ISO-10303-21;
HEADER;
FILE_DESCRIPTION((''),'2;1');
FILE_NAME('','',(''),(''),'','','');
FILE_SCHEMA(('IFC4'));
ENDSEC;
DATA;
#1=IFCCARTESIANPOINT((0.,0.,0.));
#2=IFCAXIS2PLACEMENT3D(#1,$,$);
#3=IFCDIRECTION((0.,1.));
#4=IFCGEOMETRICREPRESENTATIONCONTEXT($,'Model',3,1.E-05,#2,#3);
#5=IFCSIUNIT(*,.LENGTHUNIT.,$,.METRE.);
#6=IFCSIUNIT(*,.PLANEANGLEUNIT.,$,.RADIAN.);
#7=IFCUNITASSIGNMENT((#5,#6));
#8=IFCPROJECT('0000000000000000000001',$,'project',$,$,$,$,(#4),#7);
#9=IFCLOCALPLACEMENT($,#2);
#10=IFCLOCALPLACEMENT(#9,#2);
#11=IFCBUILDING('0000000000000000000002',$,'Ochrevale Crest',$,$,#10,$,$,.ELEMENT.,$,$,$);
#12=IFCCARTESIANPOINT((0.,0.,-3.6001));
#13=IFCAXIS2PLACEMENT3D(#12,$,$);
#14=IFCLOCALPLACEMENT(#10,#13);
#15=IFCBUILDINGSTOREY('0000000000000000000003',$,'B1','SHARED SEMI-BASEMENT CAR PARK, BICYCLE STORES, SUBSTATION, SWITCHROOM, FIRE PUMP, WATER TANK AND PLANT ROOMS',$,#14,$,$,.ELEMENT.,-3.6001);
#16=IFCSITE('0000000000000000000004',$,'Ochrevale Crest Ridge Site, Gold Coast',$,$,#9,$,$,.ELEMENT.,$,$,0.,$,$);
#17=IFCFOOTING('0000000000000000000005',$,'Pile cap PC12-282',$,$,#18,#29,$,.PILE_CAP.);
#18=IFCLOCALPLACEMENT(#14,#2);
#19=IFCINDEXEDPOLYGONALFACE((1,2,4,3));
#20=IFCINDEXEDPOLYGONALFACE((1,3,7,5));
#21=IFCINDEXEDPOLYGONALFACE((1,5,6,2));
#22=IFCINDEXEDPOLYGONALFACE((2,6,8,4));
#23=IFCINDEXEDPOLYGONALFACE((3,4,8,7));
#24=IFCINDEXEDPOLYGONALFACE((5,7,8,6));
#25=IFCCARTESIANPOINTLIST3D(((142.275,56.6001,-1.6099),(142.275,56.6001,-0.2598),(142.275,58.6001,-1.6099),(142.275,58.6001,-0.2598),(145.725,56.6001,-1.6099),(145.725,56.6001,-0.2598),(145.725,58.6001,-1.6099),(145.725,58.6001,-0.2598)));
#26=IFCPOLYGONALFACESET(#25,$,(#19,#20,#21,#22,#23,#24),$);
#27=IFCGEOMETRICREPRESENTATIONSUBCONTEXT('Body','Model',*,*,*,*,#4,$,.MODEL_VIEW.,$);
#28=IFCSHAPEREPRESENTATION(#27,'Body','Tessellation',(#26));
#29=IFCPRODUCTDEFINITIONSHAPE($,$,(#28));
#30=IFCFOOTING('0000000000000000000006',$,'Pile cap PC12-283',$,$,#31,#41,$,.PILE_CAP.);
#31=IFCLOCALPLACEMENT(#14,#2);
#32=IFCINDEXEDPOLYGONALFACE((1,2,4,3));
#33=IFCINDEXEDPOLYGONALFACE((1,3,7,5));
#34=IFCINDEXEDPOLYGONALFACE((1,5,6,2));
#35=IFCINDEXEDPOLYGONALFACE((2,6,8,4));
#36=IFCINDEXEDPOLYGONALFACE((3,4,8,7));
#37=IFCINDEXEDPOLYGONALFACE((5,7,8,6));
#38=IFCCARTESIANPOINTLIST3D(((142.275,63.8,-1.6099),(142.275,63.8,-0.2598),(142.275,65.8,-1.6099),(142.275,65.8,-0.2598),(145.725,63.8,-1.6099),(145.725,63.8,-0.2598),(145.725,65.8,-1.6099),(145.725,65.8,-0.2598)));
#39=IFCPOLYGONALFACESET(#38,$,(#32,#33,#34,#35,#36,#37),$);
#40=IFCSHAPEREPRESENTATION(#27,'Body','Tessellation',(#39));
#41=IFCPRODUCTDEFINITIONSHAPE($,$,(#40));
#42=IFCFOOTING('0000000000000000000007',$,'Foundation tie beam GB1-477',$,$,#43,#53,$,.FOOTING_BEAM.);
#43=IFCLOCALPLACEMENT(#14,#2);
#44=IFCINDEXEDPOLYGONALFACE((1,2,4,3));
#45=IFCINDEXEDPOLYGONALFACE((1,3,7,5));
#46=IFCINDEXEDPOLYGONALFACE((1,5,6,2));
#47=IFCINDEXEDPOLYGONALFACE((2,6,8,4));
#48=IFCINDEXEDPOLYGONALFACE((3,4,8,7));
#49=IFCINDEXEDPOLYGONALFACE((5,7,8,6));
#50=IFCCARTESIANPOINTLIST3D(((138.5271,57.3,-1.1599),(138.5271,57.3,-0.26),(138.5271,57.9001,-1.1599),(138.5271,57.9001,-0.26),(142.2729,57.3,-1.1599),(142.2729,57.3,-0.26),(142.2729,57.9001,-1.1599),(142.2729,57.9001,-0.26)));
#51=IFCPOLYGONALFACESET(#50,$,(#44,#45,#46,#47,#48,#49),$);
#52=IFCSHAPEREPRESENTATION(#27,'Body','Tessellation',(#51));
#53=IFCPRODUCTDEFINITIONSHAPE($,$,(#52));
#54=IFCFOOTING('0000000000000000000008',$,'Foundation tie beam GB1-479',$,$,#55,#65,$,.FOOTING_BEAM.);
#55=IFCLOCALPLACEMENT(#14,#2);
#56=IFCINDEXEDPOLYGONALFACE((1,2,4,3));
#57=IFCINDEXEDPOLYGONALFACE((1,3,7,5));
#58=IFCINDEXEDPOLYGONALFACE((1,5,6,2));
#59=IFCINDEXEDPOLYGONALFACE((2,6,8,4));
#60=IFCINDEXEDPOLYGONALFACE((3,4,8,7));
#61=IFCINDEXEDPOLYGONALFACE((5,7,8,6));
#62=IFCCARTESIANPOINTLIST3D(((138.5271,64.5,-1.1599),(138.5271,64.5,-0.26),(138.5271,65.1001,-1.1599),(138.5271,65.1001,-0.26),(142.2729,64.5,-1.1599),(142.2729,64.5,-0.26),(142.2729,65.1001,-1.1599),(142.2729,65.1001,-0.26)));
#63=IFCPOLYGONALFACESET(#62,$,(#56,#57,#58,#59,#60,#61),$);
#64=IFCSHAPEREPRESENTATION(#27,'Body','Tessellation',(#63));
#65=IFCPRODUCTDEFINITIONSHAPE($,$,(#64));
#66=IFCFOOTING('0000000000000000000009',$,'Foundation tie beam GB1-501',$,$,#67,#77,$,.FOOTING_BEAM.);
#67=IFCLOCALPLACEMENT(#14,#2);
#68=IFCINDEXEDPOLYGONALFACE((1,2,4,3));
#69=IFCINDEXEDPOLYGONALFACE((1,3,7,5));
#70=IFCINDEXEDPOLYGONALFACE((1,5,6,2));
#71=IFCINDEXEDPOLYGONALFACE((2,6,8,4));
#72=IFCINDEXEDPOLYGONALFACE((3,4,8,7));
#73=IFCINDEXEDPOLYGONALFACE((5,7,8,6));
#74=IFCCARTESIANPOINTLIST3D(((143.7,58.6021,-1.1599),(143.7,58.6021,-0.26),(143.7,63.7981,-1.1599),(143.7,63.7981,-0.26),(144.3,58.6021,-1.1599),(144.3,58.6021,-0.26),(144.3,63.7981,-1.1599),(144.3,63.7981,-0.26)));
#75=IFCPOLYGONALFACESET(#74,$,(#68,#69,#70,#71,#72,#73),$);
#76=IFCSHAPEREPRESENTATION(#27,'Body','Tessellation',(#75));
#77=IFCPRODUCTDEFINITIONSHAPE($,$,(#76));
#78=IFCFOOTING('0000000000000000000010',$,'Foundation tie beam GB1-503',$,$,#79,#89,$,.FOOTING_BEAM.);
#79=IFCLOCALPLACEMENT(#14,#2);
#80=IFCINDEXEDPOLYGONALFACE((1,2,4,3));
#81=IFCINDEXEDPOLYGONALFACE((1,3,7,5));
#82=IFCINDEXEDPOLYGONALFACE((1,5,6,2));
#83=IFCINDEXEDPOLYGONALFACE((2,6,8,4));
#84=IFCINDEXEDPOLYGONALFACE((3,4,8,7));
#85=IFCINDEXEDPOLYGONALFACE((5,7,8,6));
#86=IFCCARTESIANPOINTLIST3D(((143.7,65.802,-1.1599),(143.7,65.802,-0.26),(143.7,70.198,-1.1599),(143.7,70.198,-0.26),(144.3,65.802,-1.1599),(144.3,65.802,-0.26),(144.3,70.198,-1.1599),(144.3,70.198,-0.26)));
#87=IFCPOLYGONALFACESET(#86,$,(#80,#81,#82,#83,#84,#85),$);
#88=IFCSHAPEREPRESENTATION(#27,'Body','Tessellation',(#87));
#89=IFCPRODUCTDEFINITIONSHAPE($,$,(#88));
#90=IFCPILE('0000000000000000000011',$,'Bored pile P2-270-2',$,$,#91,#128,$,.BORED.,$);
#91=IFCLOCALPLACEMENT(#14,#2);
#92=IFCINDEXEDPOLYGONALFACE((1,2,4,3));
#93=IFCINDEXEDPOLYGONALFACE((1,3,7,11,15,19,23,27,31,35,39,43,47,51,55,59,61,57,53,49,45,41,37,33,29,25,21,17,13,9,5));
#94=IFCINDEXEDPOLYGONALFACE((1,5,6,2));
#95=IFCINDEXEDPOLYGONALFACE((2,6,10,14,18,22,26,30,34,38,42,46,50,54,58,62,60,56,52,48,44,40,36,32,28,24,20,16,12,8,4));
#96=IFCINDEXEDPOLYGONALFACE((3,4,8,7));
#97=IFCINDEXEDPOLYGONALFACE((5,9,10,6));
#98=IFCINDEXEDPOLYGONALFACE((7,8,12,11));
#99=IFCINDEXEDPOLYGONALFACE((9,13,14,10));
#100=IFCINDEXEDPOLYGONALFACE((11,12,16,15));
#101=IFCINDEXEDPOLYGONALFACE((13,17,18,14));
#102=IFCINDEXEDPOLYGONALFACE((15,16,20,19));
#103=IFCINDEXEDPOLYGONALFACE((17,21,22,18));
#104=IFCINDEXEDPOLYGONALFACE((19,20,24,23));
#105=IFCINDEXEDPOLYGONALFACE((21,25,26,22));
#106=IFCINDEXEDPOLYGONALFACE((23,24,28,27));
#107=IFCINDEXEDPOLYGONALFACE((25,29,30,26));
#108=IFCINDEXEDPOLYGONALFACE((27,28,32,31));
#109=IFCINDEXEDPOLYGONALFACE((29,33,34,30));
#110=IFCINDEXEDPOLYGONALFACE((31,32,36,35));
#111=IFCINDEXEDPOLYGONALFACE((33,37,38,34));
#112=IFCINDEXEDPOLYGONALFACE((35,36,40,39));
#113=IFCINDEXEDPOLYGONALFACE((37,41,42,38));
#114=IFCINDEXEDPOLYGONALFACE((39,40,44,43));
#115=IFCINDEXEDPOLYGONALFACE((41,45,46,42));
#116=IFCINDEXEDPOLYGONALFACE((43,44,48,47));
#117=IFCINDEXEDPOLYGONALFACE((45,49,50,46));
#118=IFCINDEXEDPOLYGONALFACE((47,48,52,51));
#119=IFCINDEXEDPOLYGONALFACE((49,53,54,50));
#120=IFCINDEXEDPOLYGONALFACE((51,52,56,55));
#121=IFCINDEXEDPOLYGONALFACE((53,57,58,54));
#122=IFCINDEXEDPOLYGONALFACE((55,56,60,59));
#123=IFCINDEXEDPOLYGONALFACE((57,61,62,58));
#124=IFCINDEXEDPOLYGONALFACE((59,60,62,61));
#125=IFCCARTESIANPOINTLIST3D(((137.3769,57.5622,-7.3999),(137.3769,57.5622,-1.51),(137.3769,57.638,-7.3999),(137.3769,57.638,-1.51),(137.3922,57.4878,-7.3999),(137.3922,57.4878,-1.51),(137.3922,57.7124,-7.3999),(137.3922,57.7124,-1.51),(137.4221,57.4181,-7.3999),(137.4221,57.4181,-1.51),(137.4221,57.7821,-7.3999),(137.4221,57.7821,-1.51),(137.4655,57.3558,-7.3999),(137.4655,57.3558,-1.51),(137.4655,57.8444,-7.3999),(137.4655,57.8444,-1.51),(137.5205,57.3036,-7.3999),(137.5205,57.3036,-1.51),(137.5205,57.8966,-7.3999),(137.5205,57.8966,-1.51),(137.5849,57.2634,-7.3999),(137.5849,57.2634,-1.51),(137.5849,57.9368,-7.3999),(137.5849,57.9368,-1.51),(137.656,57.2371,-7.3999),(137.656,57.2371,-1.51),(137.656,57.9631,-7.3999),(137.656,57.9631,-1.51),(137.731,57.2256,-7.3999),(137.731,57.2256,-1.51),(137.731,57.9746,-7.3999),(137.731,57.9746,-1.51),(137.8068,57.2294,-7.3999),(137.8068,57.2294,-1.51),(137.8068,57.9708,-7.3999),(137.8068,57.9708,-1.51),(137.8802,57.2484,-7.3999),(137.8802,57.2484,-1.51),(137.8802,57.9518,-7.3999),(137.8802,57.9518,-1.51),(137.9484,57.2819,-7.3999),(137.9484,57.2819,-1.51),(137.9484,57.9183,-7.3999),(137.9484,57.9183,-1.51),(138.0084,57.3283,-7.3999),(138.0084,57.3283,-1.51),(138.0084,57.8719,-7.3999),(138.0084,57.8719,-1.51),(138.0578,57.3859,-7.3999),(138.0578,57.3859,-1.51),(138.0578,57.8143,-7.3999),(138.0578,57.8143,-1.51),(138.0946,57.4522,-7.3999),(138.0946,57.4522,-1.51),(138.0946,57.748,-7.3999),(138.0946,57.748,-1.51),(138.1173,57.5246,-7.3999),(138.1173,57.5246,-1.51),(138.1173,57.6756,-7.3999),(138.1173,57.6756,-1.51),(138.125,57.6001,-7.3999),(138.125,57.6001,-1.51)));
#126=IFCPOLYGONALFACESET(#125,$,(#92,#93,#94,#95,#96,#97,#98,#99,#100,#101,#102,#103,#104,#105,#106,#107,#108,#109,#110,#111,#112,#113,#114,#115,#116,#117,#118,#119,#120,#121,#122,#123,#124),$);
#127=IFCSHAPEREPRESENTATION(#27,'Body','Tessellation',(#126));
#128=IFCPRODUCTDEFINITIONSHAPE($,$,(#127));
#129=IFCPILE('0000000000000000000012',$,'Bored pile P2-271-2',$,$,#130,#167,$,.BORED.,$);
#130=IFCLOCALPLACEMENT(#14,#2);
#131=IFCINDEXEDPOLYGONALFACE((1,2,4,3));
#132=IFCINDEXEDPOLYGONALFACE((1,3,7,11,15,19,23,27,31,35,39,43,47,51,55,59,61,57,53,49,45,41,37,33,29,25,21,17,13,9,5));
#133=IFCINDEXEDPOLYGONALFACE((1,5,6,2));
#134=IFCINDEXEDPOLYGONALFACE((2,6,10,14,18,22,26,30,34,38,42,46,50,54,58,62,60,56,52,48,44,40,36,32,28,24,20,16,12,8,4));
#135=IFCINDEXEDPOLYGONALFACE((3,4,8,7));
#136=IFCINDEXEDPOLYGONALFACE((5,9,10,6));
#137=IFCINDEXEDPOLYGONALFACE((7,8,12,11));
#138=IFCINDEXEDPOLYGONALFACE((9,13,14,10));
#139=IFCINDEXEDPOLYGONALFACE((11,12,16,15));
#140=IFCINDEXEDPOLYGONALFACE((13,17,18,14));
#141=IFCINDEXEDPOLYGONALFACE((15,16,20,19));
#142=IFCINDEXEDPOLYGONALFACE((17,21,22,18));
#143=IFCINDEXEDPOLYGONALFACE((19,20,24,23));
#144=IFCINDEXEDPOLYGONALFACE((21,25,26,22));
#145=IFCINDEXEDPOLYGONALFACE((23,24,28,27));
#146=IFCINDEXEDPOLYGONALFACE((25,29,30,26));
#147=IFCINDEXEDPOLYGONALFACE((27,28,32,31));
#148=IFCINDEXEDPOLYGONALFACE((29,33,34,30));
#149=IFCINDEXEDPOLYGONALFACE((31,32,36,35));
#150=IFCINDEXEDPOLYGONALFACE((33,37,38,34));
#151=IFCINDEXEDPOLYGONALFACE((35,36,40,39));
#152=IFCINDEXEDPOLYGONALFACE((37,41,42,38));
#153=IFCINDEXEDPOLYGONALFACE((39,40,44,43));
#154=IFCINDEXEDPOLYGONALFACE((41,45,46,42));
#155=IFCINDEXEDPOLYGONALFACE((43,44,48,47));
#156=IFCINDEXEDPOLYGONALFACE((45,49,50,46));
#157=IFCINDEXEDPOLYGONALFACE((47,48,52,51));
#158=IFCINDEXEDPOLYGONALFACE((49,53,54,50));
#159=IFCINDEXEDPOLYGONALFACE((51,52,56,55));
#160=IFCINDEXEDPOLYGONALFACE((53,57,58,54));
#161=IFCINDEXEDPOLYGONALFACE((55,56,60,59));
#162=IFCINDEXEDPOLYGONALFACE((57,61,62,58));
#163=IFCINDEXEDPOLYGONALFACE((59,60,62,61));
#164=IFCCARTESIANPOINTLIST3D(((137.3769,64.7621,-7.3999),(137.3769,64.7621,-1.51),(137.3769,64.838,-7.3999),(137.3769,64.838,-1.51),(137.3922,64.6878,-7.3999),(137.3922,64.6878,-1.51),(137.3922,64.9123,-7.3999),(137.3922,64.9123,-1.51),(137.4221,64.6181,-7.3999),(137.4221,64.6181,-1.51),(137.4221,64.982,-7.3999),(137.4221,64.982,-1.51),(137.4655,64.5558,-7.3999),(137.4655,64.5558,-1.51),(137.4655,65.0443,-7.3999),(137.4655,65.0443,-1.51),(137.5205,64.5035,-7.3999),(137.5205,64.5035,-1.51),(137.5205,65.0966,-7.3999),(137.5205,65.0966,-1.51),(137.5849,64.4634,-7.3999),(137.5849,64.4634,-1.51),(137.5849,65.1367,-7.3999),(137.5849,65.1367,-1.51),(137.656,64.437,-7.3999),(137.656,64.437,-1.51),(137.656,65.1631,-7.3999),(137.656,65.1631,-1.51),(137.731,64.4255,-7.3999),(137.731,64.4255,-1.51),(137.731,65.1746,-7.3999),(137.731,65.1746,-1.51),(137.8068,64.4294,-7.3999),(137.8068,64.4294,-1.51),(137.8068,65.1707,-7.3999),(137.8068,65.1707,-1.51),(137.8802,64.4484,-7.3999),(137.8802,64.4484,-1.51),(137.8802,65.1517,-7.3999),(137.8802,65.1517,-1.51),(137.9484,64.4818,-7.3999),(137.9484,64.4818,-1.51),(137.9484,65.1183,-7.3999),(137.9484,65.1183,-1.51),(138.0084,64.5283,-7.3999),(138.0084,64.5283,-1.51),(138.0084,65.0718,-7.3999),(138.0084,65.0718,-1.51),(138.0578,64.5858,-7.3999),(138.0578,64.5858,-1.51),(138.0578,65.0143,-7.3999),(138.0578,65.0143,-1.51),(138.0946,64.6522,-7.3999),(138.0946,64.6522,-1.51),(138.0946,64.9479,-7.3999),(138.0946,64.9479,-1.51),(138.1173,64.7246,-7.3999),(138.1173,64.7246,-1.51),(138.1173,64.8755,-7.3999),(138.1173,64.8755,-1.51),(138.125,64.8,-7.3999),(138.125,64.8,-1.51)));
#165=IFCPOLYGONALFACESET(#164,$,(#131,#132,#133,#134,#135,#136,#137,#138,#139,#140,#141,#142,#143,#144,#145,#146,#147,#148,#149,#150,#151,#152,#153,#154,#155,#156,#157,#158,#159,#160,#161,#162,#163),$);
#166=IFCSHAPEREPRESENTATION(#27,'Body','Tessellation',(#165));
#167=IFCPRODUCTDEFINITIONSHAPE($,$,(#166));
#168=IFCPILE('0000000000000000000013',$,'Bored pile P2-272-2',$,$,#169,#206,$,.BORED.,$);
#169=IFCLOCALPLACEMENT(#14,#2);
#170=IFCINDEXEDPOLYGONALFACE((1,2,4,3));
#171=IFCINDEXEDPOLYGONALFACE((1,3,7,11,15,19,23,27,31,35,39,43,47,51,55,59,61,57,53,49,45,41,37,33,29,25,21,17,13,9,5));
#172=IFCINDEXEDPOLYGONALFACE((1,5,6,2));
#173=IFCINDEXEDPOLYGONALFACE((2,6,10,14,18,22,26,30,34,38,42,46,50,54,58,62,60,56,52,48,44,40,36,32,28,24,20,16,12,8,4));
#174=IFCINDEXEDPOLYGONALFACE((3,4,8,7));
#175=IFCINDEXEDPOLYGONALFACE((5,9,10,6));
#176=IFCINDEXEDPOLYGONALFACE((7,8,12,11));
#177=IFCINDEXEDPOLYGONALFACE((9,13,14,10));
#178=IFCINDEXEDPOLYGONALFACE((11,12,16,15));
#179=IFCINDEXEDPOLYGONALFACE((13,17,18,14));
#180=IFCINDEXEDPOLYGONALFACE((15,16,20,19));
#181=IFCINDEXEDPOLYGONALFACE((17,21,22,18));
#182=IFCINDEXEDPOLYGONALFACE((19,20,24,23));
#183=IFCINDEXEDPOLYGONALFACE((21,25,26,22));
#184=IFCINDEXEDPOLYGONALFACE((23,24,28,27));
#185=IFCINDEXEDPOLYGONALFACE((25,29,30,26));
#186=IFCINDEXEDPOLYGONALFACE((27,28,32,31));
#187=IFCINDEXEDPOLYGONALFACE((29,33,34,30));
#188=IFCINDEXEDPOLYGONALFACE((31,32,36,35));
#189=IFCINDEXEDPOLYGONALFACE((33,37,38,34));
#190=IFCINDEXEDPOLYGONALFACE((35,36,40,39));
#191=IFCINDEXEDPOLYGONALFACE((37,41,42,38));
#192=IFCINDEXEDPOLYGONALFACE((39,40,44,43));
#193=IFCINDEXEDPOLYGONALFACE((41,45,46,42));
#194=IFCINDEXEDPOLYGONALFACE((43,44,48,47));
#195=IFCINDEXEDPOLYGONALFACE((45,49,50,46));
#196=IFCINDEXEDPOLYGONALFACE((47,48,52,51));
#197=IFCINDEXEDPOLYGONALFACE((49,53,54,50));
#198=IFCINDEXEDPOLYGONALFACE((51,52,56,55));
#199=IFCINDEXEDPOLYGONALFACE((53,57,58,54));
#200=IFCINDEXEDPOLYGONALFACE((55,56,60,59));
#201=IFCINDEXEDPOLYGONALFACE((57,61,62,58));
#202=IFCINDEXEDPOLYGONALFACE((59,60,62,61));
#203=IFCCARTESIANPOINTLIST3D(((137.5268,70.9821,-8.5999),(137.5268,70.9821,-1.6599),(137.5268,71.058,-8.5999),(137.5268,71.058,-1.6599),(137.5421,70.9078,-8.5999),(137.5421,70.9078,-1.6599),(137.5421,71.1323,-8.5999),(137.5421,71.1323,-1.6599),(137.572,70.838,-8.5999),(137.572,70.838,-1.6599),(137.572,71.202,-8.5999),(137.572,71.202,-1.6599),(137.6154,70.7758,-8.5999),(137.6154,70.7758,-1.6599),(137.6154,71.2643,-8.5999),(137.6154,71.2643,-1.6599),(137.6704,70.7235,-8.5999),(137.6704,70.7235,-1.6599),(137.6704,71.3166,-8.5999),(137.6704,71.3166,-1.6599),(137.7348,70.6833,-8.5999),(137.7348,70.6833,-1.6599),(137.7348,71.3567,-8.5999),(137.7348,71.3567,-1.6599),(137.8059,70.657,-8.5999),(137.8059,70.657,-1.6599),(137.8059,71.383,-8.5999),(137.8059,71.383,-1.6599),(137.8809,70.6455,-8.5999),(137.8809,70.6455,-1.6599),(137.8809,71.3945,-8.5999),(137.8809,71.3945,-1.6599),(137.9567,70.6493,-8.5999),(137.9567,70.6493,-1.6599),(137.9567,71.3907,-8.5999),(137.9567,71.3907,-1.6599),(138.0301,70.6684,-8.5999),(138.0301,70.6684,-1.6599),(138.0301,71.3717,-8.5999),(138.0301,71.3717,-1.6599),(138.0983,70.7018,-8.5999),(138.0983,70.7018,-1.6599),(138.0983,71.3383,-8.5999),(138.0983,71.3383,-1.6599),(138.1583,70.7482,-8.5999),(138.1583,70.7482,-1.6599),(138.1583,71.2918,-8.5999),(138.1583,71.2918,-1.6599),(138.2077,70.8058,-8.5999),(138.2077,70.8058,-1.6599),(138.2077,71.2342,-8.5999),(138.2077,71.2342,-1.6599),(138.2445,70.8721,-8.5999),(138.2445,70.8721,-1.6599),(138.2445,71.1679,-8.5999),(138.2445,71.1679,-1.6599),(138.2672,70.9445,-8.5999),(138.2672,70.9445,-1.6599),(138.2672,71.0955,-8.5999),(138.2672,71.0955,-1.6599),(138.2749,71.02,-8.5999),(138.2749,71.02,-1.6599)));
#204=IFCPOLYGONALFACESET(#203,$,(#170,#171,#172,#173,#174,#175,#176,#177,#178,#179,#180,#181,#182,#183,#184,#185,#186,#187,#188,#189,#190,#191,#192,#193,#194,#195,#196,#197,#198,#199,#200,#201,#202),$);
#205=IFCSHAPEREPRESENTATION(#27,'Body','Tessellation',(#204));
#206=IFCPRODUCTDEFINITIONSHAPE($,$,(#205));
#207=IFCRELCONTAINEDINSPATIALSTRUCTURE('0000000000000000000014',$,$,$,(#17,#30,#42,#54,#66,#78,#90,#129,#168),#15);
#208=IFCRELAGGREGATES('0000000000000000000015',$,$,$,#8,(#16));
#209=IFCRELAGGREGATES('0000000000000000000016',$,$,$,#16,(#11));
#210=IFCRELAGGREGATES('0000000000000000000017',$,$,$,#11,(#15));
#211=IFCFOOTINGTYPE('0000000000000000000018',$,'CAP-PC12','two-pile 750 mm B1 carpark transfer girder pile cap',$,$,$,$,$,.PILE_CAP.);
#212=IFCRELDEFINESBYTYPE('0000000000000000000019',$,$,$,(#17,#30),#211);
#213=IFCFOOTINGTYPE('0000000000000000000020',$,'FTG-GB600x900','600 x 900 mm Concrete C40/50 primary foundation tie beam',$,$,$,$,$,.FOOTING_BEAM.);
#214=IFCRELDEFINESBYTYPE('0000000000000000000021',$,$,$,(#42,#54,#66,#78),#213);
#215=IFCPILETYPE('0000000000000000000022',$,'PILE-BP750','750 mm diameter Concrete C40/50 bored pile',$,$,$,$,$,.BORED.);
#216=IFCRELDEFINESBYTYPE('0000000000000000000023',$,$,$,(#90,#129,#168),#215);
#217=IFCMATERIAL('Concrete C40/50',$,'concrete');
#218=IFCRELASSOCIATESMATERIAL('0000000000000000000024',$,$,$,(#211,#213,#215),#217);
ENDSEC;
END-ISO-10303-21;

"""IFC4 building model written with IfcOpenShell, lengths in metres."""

from ifc_helpers import new_model, si_unit, direction, frame, origin, origin_2d, place, context, subcontext, project, spatial, rectangle, circle, extrude, material, material_profile, profile_set, type_object, element, save


model = new_model("IFC4")

# Units and contexts
model_context = context("Model", 3, precision=1e-05, world=origin(), true_north=direction((0.0, 1.0)))
body_context = subcontext(model_context, "Body", "Model", "MODEL_VIEW")
ifc_project = project(units=[si_unit("LENGTHUNIT", "METRE"), si_unit("PLANEANGLEUNIT", "RADIAN")], contexts=[model_context])

# Site, building, storey
site_placement = place(None, origin())
site = spatial("IfcSite", under=ifc_project, at=site_placement, Name="Ochrevale Crest Ridge Site, Gold Coast", CompositionType="ELEMENT", RefElevation=0.0)
building_placement = place(site_placement, origin())
building = spatial("IfcBuilding", under=site, at=building_placement, Name="Ochrevale Crest", CompositionType="ELEMENT")
storey_placement = place(building_placement, frame((0.0, 0.0, -3.6001)))
storey = spatial("IfcBuildingStorey", under=building, at=storey_placement, Name="B1", Description="SHARED SEMI-BASEMENT CAR PARK, BICYCLE STORES, SUBSTATION, SWITCHROOM, FIRE PUMP, WATER TANK AND PLANT ROOMS", CompositionType="ELEMENT", Elevation=-3.6001)

# Footings
ifc_material_1 = material(Name="Concrete C40/50", Category="concrete")
footing_type_1 = type_object("IfcFootingType", Name="CAP-PC12", Description="two-pile 750 mm B1 carpark transfer girder pile cap", PredefinedType="PILE_CAP", material=ifc_material_1)
for number, where, z_axis, x_axis, name in (
    (1, (144.0, 57.6001, -1.6099), (0.0, 0.0, 1.0), (1.0, 0.0, 0.0), "Pile cap PC12-282"),
    (2, (144.0, 64.8, -1.6099), (0.0, 0.0, 1.0), (1.0, 0.0, 0.0), "Pile cap PC12-283"),
):
    element("IfcFooting", number, at=place(storey_placement, frame(where, z_axis=z_axis, x_axis=x_axis)), inside=storey, type_object=footing_type_1, Name=name, PredefinedType="PILE_CAP", context=body_context, shape_type="SweptSolid", body=[
        extrude(rectangle(XDim=3.45, YDim=2.0, at=origin_2d()), origin(), (0.0, 0.0, 1.0), 1.3501),
    ])
ifc_material_profile_1 = material_profile(ifc_material_1, rectangle(XDim=0.6001, YDim=0.8999, at=origin_2d()), Name="GB 600x900")
ifc_profile_set_1 = profile_set([ifc_material_profile_1], Name="Concrete C40/50")
footing_type_2 = type_object("IfcFootingType", Name="FTG-GB600x900", Description="600 x 900 mm Concrete C40/50 primary foundation tie beam", PredefinedType="FOOTING_BEAM", material=ifc_profile_set_1)
for number, where, z_axis, x_axis, name in (
    (3, (138.5271, 57.6001, -0.71), (1.0, 0.0, 0.0), (0.0, 1.0, 0.0), "Foundation tie beam GB1-477"),
    (4, (138.5271, 64.8, -0.71), (1.0, 0.0, 0.0), (0.0, 1.0, 0.0), "Foundation tie beam GB1-479"),
):
    element("IfcFooting", number, at=place(storey_placement, frame(where, z_axis=z_axis, x_axis=x_axis)), inside=storey, type_object=footing_type_2, Name=name, PredefinedType="FOOTING_BEAM", context=body_context, shape_type="SweptSolid", body=[
        extrude(rectangle(XDim=0.6001, YDim=0.8999, at=origin_2d()), origin(), (0.0, 0.0, 1.0), 3.7458),
    ])
footing_1_placement = place(storey_placement, frame((144.0, 58.6021, -0.71), z_axis=(0.0, 1.0, 0.0), x_axis=(-1.0, 0.0, 0.0)))
element("IfcFooting", 5, at=footing_1_placement, inside=storey, type_object=footing_type_2, Name="Foundation tie beam GB1-501", PredefinedType="FOOTING_BEAM", context=body_context, shape_type="SweptSolid", body=[
    extrude(rectangle(XDim=0.6001, YDim=0.8999, at=origin_2d()), origin(), (0.0, 0.0, 1.0), 5.196),
])
footing_2_placement = place(storey_placement, frame((144.0, 65.802, -0.71), z_axis=(0.0, 1.0, 0.0), x_axis=(-1.0, 0.0, 0.0)))
element("IfcFooting", 6, at=footing_2_placement, inside=storey, type_object=footing_type_2, Name="Foundation tie beam GB1-503", PredefinedType="FOOTING_BEAM", context=body_context, shape_type="SweptSolid", body=[
    extrude(rectangle(XDim=0.6001, YDim=0.8999, at=origin_2d()), origin(), (0.0, 0.0, 1.0), 4.396),
])

# Piles
ifc_material_profile_2 = material_profile(ifc_material_1, circle(Radius=0.375, at=origin_2d()), Name="BORED PILE 750")
ifc_profile_set_2 = profile_set([ifc_material_profile_2], Name="Concrete C40/50")
pile_type = type_object("IfcPileType", Name="PILE-BP750", Description="750 mm diameter Concrete C40/50 bored pile", PredefinedType="BORED", material=ifc_profile_set_2)
for number, where, z_axis, x_axis, name in (
    (7, (137.75, 57.6001, -1.51), (0.0, 0.0, -1.0), (1.0, 0.0, 0.0), "Bored pile P2-270-2"),
    (8, (137.75, 64.8, -1.51), (0.0, 0.0, -1.0), (1.0, 0.0, 0.0), "Bored pile P2-271-2"),
):
    element("IfcPile", number, at=place(storey_placement, frame(where, z_axis=z_axis, x_axis=x_axis)), inside=storey, type_object=pile_type, Name=name, PredefinedType="BORED", context=body_context, shape_type="SweptSolid", body=[
        extrude(circle(Radius=0.375, at=origin_2d()), origin(), (0.0, 0.0, 1.0), 5.8899),
    ])
pile_1_placement = place(storey_placement, frame((137.8999, 71.02, -1.6599), z_axis=(0.0, 0.0, -1.0), x_axis=(1.0, 0.0, 0.0)))
element("IfcPile", 9, at=pile_1_placement, inside=storey, type_object=pile_type, Name="Bored pile P2-272-2", PredefinedType="BORED", context=body_context, shape_type="SweptSolid", body=[
    extrude(circle(Radius=0.375, at=origin_2d()), origin(), (0.0, 0.0, 1.0), 6.9399),
])

save(model, "model.ifc")
